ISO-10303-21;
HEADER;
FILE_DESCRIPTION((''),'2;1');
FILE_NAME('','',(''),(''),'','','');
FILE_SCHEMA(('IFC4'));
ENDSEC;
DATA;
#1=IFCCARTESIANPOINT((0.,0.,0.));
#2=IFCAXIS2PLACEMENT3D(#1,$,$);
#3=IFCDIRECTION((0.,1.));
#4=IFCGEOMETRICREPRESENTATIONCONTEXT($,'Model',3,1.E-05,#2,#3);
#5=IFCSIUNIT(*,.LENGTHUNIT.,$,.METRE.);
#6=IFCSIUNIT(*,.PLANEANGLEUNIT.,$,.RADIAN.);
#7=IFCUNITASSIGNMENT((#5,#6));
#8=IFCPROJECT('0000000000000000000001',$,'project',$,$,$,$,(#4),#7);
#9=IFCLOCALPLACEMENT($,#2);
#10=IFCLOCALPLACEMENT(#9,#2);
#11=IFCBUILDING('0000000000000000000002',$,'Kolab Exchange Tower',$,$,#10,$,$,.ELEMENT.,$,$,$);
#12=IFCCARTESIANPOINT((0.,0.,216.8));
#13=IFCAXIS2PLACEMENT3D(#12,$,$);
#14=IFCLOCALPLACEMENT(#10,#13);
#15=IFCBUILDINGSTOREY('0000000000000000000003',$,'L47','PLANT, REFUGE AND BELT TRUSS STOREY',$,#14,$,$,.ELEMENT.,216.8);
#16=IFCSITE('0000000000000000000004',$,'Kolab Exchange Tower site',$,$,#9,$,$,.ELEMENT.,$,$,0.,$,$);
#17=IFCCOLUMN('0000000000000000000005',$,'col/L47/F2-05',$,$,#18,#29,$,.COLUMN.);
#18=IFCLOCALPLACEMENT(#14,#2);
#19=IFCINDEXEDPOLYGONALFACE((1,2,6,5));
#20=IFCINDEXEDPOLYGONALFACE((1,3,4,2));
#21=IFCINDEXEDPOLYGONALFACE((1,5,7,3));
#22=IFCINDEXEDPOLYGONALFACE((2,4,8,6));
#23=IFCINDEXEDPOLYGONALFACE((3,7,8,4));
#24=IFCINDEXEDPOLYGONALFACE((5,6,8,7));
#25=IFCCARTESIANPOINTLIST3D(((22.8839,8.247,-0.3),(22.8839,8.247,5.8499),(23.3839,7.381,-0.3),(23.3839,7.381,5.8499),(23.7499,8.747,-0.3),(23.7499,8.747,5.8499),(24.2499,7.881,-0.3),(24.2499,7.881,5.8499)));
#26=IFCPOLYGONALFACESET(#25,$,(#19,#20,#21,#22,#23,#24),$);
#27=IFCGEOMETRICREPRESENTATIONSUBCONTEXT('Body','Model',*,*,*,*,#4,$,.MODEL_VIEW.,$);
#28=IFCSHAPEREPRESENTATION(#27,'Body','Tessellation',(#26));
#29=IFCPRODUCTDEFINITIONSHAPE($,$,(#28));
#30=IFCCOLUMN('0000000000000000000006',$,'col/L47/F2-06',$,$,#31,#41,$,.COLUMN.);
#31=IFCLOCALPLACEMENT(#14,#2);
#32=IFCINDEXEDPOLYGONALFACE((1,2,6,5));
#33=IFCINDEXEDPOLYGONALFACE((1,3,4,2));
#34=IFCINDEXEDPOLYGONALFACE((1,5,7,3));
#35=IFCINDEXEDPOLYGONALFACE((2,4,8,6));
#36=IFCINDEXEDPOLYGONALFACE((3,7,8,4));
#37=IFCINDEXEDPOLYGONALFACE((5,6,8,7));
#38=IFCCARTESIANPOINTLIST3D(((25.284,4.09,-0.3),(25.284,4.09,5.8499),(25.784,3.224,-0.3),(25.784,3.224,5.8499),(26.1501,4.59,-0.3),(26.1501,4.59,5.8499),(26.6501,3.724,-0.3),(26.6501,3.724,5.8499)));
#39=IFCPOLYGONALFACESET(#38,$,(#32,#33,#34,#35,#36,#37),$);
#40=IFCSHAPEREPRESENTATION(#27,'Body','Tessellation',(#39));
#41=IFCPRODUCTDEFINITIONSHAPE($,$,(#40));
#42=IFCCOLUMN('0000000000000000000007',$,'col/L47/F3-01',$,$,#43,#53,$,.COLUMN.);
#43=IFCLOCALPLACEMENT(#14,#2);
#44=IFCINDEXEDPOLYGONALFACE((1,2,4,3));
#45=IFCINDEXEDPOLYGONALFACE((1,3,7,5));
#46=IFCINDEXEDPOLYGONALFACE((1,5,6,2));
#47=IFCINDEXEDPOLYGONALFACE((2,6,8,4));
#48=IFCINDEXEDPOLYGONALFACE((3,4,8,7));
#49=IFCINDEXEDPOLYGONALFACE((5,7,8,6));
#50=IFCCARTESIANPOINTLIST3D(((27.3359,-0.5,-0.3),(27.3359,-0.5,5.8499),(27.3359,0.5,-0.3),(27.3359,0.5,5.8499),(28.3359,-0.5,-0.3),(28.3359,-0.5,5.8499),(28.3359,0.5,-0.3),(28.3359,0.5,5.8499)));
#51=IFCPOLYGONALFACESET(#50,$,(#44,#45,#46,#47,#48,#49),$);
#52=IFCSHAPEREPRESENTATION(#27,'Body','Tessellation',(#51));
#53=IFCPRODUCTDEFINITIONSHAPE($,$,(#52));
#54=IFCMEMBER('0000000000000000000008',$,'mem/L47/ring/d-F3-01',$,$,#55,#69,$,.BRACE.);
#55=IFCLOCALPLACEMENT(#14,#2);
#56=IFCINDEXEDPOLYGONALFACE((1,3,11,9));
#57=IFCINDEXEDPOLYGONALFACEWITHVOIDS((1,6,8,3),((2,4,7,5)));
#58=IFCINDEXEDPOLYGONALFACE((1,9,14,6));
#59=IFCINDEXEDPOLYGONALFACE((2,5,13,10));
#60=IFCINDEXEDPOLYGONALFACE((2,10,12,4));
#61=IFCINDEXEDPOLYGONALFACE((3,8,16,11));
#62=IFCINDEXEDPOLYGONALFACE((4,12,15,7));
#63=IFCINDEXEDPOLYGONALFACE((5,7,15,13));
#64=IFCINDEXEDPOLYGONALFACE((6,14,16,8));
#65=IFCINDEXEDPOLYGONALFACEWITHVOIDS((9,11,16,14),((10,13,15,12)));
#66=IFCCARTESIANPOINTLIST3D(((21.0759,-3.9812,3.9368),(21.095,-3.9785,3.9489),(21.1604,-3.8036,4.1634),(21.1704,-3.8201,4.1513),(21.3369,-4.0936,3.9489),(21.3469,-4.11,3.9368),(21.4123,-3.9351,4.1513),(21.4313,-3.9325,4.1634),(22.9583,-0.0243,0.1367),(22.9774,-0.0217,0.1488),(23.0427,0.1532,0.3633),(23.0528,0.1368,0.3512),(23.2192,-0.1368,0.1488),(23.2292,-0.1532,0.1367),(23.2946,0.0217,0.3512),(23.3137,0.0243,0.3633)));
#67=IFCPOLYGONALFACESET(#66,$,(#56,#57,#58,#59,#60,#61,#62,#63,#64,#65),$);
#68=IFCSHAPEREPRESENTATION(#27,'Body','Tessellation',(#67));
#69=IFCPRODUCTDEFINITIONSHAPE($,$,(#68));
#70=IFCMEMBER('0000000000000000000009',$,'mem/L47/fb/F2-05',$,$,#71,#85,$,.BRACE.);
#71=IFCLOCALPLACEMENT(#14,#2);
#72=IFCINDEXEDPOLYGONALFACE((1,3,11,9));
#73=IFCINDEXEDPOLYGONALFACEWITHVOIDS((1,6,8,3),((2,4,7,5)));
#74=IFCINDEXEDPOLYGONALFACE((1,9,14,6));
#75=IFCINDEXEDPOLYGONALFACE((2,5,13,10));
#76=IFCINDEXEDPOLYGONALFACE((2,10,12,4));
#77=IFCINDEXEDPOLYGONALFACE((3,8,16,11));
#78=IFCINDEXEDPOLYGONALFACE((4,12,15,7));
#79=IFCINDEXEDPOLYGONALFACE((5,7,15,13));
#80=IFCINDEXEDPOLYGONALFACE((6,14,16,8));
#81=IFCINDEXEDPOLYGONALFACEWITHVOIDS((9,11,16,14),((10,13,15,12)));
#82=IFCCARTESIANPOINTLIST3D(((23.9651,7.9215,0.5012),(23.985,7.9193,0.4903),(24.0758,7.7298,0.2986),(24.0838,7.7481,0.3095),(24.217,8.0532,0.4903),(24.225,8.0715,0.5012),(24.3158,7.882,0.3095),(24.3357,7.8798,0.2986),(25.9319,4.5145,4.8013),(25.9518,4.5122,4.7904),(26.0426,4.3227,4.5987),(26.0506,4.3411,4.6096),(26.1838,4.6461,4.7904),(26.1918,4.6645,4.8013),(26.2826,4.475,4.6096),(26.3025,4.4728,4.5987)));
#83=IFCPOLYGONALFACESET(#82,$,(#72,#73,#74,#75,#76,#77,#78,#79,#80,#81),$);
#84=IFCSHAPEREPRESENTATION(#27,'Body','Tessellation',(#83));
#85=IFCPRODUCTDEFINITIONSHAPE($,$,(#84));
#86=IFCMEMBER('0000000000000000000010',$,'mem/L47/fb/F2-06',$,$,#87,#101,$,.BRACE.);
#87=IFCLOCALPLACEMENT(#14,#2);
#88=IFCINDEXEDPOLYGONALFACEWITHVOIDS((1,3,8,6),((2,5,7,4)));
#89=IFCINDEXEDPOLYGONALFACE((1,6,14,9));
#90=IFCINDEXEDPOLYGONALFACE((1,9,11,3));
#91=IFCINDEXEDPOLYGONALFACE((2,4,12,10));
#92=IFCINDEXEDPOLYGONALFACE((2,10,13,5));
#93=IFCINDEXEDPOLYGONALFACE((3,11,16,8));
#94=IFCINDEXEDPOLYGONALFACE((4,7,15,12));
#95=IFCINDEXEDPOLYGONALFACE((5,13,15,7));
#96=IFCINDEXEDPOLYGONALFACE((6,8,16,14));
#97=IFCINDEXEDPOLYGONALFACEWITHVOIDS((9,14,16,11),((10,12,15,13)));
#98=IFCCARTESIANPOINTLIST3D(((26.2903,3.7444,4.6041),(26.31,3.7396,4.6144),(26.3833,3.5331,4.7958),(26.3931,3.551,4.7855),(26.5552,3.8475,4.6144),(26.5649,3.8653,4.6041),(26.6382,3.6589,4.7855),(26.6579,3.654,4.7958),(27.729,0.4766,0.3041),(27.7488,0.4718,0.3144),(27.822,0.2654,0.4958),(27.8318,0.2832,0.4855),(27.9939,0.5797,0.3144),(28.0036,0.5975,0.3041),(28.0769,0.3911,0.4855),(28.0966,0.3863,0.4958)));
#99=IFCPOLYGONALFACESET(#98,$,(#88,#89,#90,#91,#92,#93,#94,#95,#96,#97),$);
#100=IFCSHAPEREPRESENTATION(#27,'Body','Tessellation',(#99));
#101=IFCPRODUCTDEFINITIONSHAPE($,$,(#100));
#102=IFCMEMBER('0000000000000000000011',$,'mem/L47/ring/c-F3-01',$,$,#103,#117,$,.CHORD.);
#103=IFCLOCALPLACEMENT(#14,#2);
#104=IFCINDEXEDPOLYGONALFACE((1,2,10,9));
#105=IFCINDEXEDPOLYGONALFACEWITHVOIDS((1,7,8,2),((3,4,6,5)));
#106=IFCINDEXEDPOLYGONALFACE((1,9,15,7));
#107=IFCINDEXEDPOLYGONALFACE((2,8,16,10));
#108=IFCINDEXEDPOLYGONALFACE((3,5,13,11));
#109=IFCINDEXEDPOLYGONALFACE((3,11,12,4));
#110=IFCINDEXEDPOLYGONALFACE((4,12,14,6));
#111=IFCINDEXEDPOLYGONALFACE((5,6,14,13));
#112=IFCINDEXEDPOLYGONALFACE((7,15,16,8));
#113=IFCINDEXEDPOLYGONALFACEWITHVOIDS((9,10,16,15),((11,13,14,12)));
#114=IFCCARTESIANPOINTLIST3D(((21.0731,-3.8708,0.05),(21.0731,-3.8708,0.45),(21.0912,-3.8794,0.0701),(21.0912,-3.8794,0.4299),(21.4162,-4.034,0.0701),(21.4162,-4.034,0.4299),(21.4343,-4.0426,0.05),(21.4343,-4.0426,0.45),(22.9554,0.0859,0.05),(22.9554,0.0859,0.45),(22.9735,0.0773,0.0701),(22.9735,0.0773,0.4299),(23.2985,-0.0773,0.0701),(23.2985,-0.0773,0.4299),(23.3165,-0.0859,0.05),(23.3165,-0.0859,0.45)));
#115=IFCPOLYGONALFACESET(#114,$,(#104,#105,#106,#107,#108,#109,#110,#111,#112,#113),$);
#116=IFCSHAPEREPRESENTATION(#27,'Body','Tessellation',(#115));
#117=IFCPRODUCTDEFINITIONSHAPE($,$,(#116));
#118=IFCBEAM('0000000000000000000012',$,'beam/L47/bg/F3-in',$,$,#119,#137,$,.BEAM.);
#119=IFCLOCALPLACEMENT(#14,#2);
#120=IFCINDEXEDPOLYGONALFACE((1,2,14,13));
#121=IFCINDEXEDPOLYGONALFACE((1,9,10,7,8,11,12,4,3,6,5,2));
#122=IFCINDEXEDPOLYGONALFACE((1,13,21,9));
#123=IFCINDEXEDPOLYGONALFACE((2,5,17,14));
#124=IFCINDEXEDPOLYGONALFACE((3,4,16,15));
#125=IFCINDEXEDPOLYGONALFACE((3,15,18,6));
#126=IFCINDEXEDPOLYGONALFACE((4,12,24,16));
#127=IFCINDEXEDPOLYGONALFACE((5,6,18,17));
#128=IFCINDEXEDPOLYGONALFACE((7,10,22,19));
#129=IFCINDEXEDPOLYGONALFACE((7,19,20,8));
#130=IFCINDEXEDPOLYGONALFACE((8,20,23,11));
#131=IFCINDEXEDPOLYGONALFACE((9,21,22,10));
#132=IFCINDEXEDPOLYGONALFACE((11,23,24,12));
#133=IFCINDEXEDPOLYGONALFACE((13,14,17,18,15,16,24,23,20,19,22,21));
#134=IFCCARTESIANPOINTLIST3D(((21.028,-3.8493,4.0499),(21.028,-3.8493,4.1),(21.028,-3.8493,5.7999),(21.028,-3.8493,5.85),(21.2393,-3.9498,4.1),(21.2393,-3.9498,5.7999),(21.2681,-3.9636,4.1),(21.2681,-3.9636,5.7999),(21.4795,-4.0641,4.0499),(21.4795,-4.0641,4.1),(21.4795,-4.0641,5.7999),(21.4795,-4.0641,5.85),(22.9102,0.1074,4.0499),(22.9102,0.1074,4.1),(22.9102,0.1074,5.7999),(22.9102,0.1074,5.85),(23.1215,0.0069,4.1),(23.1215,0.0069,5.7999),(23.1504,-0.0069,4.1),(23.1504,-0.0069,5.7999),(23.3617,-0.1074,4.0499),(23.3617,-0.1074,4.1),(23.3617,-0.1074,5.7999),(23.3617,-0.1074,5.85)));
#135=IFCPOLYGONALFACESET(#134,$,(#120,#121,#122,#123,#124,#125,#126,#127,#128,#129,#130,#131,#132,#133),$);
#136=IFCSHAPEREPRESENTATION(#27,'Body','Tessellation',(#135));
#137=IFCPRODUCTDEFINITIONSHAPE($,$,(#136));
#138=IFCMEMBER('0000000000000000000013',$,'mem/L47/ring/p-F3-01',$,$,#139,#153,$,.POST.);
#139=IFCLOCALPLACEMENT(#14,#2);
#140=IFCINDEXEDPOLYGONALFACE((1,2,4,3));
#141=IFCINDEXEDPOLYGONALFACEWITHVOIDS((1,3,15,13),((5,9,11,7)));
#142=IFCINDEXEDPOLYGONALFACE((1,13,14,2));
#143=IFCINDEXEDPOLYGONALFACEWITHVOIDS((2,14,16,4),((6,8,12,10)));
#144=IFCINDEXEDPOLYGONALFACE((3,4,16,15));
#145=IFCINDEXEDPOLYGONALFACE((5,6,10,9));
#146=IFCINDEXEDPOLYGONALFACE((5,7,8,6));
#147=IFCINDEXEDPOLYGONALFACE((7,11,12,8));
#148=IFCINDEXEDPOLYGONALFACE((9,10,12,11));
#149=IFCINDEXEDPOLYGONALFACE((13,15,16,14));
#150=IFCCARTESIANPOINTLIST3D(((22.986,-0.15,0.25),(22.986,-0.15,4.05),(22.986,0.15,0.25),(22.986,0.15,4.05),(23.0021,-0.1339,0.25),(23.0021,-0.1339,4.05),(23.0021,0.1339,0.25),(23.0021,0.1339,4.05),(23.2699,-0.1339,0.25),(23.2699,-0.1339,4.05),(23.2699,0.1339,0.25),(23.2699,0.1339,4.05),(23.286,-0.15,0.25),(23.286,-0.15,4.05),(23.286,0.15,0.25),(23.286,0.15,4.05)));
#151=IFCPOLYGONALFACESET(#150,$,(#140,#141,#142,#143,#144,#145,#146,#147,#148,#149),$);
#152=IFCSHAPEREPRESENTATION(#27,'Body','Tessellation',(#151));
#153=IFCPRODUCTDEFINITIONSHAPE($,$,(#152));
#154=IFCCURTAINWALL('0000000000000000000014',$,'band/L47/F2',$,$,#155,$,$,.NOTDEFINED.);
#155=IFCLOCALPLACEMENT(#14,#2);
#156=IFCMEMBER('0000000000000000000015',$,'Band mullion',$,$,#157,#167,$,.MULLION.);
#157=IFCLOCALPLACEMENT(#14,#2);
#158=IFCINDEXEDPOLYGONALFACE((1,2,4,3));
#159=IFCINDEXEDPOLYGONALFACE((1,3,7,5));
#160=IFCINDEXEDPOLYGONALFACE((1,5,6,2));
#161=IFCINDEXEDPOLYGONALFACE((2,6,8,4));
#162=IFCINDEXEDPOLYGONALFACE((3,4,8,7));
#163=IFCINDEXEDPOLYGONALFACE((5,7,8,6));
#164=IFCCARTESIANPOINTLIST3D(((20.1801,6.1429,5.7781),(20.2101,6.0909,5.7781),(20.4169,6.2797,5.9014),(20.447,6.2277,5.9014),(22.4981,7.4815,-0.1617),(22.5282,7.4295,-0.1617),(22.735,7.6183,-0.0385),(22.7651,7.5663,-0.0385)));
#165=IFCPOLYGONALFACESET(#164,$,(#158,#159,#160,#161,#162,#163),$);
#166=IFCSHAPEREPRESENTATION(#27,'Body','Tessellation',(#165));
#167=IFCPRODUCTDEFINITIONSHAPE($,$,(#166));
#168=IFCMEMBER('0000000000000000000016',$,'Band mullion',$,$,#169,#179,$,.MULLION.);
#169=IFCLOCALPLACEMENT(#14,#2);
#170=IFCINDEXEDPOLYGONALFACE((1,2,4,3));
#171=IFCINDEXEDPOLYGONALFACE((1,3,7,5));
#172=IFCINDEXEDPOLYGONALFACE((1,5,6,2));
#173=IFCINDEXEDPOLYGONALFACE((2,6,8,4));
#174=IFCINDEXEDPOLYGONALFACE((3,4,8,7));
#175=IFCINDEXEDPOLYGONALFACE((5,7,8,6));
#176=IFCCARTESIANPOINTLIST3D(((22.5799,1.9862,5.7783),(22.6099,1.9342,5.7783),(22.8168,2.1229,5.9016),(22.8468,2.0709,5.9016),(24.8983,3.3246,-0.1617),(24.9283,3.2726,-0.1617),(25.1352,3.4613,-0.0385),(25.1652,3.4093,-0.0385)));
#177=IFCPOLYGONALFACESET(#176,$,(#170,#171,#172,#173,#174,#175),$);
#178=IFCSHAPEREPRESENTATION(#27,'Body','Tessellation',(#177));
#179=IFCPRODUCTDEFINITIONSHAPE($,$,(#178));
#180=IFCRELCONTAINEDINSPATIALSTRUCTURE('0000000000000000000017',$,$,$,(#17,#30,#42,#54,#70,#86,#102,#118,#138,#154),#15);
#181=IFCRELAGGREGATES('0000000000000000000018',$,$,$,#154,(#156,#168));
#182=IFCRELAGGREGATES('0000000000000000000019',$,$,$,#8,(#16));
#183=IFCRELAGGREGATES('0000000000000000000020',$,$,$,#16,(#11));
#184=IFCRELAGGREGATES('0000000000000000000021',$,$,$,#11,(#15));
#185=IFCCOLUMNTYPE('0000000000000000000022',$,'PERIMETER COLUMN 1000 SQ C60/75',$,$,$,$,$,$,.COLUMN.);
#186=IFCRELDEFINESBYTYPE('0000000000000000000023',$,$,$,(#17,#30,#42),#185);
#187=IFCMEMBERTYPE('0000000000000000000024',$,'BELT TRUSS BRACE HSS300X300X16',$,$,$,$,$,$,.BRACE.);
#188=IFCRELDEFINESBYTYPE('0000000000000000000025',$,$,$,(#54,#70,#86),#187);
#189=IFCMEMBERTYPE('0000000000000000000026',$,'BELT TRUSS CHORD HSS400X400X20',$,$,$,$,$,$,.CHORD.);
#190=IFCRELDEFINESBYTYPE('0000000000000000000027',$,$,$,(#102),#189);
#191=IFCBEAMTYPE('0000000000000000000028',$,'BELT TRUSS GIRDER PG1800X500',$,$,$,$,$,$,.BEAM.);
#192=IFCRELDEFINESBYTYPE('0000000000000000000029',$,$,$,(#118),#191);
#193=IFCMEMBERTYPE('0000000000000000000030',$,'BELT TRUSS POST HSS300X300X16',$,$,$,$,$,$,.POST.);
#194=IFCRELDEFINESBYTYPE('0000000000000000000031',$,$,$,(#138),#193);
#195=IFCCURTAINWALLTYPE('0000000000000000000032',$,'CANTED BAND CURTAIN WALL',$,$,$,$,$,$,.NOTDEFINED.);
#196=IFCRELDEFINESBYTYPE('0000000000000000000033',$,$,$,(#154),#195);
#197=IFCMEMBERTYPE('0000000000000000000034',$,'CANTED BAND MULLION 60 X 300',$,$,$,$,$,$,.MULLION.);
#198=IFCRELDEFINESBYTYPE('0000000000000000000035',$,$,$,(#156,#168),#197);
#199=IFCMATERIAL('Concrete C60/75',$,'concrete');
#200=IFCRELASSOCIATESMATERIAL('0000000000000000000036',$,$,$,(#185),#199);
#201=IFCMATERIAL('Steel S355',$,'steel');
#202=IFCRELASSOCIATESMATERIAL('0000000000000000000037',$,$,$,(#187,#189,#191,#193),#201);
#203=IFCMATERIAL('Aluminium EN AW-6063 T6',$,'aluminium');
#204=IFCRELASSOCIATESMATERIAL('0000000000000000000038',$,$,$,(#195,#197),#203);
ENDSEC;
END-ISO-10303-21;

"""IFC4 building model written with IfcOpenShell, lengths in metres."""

from ifc_helpers import new_model, si_unit, direction, frame, origin, origin_2d, place, context, subcontext, project, spatial, rectangle, hollow_rectangle, i_section, extrude, material, material_profile, profile_set, type_object, element, aggregate, save


model = new_model("IFC4")

# Units and contexts
model_context = context("Model", 3, precision=1e-05, world=origin(), true_north=direction((0.0, 1.0)))
body_context = subcontext(model_context, "Body", "Model", "MODEL_VIEW")
ifc_project = project(units=[si_unit("LENGTHUNIT", "METRE"), si_unit("PLANEANGLEUNIT", "RADIAN")], contexts=[model_context])

# Site, building, storey
site_placement = place(None, origin())
site = spatial("IfcSite", under=ifc_project, at=site_placement, Name="Kolab Exchange Tower site", CompositionType="ELEMENT", RefElevation=0.0)
building_placement = place(site_placement, origin())
building = spatial("IfcBuilding", under=site, at=building_placement, Name="Kolab Exchange Tower", CompositionType="ELEMENT")
storey_placement = place(building_placement, frame((0.0, 0.0, 216.8)))
storey = spatial("IfcBuildingStorey", under=building, at=storey_placement, Name="L47", Description="PLANT, REFUGE AND BELT TRUSS STOREY", CompositionType="ELEMENT", Elevation=216.8)

# Columns
ifc_material_1 = material(Name="Concrete C60/75", Category="concrete")
ifc_material_profile_1 = material_profile(ifc_material_1, rectangle(XDim=1.0, YDim=1.0, at=origin_2d()), Name="RC1000")
ifc_profile_set_1 = profile_set([ifc_material_profile_1], Name="Concrete C60/75")
column_type = type_object("IfcColumnType", Name="PERIMETER COLUMN 1000 SQ C60/75", PredefinedType="COLUMN", material=ifc_profile_set_1)
for number, where, z_axis, x_axis, name in (
    (1, (23.5669, 8.064, -0.3), (0.0, 0.0, 1.0), (0.866025, 0.5, 0.0), "col/L47/F2-05"),
    (2, (25.967, 3.907, -0.3), (0.0, 0.0, 1.0), (0.866025, 0.5, 0.0), "col/L47/F2-06"),
    (3, (27.8359, 0.0, -0.3), (0.0, 0.0, 1.0), (1.0, 0.0, 0.0), "col/L47/F3-01"),
):
    element("IfcColumn", number, at=place(storey_placement, frame(where, z_axis=z_axis, x_axis=x_axis)), inside=storey, type_object=column_type, Name=name, PredefinedType="COLUMN", context=body_context, shape_type="SweptSolid", body=[
        extrude(rectangle(XDim=1.0, YDim=1.0, at=origin_2d()), origin(), (0.0, 0.0, 1.0), 6.1499),
    ])

# Members
ifc_material_2 = material(Name="Steel S355", Category="steel")
ifc_material_profile_2 = material_profile(ifc_material_2, hollow_rectangle(XDim=0.3, YDim=0.3, WallThickness=0.0161, at=origin_2d()), Name="HSS300X300X16")
ifc_profile_set_2 = profile_set([ifc_material_profile_2], Name="Steel S355")
member_type_1 = type_object("IfcMemberType", Name="BELT TRUSS BRACE HSS300X300X16", PredefinedType="BRACE", material=ifc_profile_set_2)
member_1_placement = place(storey_placement, frame((23.136, 0.0, 0.25), z_axis=(-0.32454, -0.682208, 0.655184), x_axis=(0.903025, -0.429587, 0.0)))
element("IfcMember", 4, at=member_1_placement, inside=storey, type_object=member_type_1, Name="mem/L47/ring/d-F3-01", PredefinedType="BRACE", context=body_context, shape_type="SweptSolid", body=[
    extrude(hollow_rectangle(XDim=0.3, YDim=0.3, WallThickness=0.0161, at=origin_2d()), origin(), (0.0, 0.0, 1.0), 5.8),
])
member_2_placement = place(storey_placement, frame((24.1504, 7.9006, 0.3999), z_axis=(0.33747, -0.584583, 0.737819), x_axis=(0.86605, 0.499957, 0.0)))
element("IfcMember", 5, at=member_2_placement, inside=storey, type_object=member_type_1, Name="mem/L47/fb/F2-05", PredefinedType="BRACE", context=body_context, shape_type="SweptSolid", body=[
    extrude(hollow_rectangle(XDim=0.3, YDim=0.3, WallThickness=0.0161, at=origin_2d()), origin(), (0.0, 0.0, 1.0), 5.8281),
])
member_3_placement = place(storey_placement, frame((26.4741, 3.6992, 4.7), z_axis=(0.257411, -0.584669, -0.769352), x_axis=(0.915224, 0.402945, 0.0)))
element("IfcMember", 6, at=member_3_placement, inside=storey, type_object=member_type_1, Name="mem/L47/fb/F2-06", PredefinedType="BRACE", context=body_context, shape_type="SweptSolid", body=[
    extrude(hollow_rectangle(XDim=0.3, YDim=0.3, WallThickness=0.0161, at=origin_2d()), origin(), (0.0, 0.0, 1.0), 5.5891),
])
ifc_material_profile_3 = material_profile(ifc_material_2, hollow_rectangle(XDim=0.3999, YDim=0.3999, WallThickness=0.02, at=origin_2d()), Name="HSS400X400X20")
ifc_profile_set_3 = profile_set([ifc_material_profile_3], Name="Steel S355")
member_type_2 = type_object("IfcMemberType", Name="BELT TRUSS CHORD HSS400X400X20", PredefinedType="CHORD", material=ifc_profile_set_3)
member_4_placement = place(storey_placement, frame((23.136, 0.0, 0.25), z_axis=(-0.429587, -0.903025, 0.0), x_axis=(0.903025, -0.429587, 0.0)))
element("IfcMember", 7, at=member_4_placement, inside=storey, type_object=member_type_2, Name="mem/L47/ring/c-F3-01", PredefinedType="CHORD", context=body_context, shape_type="SweptSolid", body=[
    extrude(hollow_rectangle(XDim=0.3999, YDim=0.3999, WallThickness=0.02, at=origin_2d()), origin(), (0.0, 0.0, 1.0), 4.3816),
])

# Beam
ifc_material_profile_4 = material_profile(ifc_material_2, i_section(OverallWidth=0.5, OverallDepth=1.8, WebThickness=0.032, FlangeThickness=0.05, at=origin_2d()), Name="PG1800X500")
ifc_profile_set_4 = profile_set([ifc_material_profile_4], Name="Steel S355")
beam_type_1 = type_object("IfcBeamType", Name="BELT TRUSS GIRDER PG1800X500", PredefinedType="BEAM", material=ifc_profile_set_4)
beam_1_placement = place(storey_placement, frame((23.136, 0.0, 4.95), z_axis=(-0.429587, -0.903025, 0.0), x_axis=(0.903025, -0.429587, 0.0)))
element("IfcBeam", 8, at=beam_1_placement, inside=storey, type_object=beam_type_1, Name="beam/L47/bg/F3-in", PredefinedType="BEAM", context=body_context, shape_type="SweptSolid", body=[
    extrude(i_section(OverallWidth=0.5, OverallDepth=1.8, WebThickness=0.032, FlangeThickness=0.05, at=origin_2d()), origin(), (0.0, 0.0, 1.0), 4.3816),
])

# Member
ifc_material_profile_5 = material_profile(ifc_material_2, hollow_rectangle(XDim=0.3, YDim=0.3, WallThickness=0.0161, at=origin_2d()), Name="HSS300X300X16")
ifc_profile_set_5 = profile_set([ifc_material_profile_5], Name="Steel S355")
member_type_3 = type_object("IfcMemberType", Name="BELT TRUSS POST HSS300X300X16", PredefinedType="POST", material=ifc_profile_set_5)
member_5_placement = place(storey_placement, frame((23.136, 0.0, 0.25), z_axis=(0.0, 0.0, 1.0), x_axis=(1.0, 0.0, 0.0)))
element("IfcMember", 9, at=member_5_placement, inside=storey, type_object=member_type_3, Name="mem/L47/ring/p-F3-01", PredefinedType="POST", context=body_context, shape_type="SweptSolid", body=[
    extrude(hollow_rectangle(XDim=0.3, YDim=0.3, WallThickness=0.0161, at=origin_2d()), origin(), (0.0, 0.0, 1.0), 3.8),
])

# Curtain wall, members
ifc_material_3 = material(Name="Aluminium EN AW-6063 T6", Category="aluminium")
curtain_wall_type_1 = type_object("IfcCurtainWallType", Name="CANTED BAND CURTAIN WALL", PredefinedType="NOTDEFINED", material=ifc_material_3)
curtain_wall_1_placement = place(storey_placement, origin())
curtain_wall_1 = element("IfcCurtainWall", 10, at=curtain_wall_1_placement, inside=storey, type_object=curtain_wall_type_1, Name="band/L47/F2", PredefinedType="NOTDEFINED")
ifc_material_profile_6 = material_profile(ifc_material_3, rectangle(XDim=0.0601, YDim=0.3, at=origin_2d()), Name="RECT 60X300")
ifc_profile_set_6 = profile_set([ifc_material_profile_6], Name="Aluminium EN AW-6063 T6")
member_type_4 = type_object("IfcMemberType", Name="CANTED BAND MULLION 60 X 300", PredefinedType="MULLION", material=ifc_profile_set_6)
member_6_placement = place(storey_placement, frame((22.6316, 7.5239, -0.1001), z_axis=(-0.355798, -0.20546, 0.911698), x_axis=(0.500072, -0.865984, 0.0)))
member_6 = element("IfcMember", 11, at=member_6_placement, type_object=member_type_4, Name="Band mullion", PredefinedType="MULLION", context=body_context, shape_type="SweptSolid", body=[
    extrude(rectangle(XDim=0.0601, YDim=0.3, at=origin_2d()), origin(), (0.0, 0.0, 1.0), 6.5151),
])
member_7_placement = place(storey_placement, frame((25.0317, 3.3669, -0.1001), z_axis=(-0.355834, -0.205421, 0.911693), x_axis=(0.499965, -0.866046, 0.0)))
member_7 = element("IfcMember", 12, at=member_7_placement, type_object=member_type_4, Name="Band mullion", PredefinedType="MULLION", context=body_context, shape_type="SweptSolid", body=[
    extrude(rectangle(XDim=0.0601, YDim=0.3, at=origin_2d()), origin(), (0.0, 0.0, 1.0), 6.5154),
])

aggregate(curtain_wall_1, [member_6, member_7])

save(model, "model.ifc")
